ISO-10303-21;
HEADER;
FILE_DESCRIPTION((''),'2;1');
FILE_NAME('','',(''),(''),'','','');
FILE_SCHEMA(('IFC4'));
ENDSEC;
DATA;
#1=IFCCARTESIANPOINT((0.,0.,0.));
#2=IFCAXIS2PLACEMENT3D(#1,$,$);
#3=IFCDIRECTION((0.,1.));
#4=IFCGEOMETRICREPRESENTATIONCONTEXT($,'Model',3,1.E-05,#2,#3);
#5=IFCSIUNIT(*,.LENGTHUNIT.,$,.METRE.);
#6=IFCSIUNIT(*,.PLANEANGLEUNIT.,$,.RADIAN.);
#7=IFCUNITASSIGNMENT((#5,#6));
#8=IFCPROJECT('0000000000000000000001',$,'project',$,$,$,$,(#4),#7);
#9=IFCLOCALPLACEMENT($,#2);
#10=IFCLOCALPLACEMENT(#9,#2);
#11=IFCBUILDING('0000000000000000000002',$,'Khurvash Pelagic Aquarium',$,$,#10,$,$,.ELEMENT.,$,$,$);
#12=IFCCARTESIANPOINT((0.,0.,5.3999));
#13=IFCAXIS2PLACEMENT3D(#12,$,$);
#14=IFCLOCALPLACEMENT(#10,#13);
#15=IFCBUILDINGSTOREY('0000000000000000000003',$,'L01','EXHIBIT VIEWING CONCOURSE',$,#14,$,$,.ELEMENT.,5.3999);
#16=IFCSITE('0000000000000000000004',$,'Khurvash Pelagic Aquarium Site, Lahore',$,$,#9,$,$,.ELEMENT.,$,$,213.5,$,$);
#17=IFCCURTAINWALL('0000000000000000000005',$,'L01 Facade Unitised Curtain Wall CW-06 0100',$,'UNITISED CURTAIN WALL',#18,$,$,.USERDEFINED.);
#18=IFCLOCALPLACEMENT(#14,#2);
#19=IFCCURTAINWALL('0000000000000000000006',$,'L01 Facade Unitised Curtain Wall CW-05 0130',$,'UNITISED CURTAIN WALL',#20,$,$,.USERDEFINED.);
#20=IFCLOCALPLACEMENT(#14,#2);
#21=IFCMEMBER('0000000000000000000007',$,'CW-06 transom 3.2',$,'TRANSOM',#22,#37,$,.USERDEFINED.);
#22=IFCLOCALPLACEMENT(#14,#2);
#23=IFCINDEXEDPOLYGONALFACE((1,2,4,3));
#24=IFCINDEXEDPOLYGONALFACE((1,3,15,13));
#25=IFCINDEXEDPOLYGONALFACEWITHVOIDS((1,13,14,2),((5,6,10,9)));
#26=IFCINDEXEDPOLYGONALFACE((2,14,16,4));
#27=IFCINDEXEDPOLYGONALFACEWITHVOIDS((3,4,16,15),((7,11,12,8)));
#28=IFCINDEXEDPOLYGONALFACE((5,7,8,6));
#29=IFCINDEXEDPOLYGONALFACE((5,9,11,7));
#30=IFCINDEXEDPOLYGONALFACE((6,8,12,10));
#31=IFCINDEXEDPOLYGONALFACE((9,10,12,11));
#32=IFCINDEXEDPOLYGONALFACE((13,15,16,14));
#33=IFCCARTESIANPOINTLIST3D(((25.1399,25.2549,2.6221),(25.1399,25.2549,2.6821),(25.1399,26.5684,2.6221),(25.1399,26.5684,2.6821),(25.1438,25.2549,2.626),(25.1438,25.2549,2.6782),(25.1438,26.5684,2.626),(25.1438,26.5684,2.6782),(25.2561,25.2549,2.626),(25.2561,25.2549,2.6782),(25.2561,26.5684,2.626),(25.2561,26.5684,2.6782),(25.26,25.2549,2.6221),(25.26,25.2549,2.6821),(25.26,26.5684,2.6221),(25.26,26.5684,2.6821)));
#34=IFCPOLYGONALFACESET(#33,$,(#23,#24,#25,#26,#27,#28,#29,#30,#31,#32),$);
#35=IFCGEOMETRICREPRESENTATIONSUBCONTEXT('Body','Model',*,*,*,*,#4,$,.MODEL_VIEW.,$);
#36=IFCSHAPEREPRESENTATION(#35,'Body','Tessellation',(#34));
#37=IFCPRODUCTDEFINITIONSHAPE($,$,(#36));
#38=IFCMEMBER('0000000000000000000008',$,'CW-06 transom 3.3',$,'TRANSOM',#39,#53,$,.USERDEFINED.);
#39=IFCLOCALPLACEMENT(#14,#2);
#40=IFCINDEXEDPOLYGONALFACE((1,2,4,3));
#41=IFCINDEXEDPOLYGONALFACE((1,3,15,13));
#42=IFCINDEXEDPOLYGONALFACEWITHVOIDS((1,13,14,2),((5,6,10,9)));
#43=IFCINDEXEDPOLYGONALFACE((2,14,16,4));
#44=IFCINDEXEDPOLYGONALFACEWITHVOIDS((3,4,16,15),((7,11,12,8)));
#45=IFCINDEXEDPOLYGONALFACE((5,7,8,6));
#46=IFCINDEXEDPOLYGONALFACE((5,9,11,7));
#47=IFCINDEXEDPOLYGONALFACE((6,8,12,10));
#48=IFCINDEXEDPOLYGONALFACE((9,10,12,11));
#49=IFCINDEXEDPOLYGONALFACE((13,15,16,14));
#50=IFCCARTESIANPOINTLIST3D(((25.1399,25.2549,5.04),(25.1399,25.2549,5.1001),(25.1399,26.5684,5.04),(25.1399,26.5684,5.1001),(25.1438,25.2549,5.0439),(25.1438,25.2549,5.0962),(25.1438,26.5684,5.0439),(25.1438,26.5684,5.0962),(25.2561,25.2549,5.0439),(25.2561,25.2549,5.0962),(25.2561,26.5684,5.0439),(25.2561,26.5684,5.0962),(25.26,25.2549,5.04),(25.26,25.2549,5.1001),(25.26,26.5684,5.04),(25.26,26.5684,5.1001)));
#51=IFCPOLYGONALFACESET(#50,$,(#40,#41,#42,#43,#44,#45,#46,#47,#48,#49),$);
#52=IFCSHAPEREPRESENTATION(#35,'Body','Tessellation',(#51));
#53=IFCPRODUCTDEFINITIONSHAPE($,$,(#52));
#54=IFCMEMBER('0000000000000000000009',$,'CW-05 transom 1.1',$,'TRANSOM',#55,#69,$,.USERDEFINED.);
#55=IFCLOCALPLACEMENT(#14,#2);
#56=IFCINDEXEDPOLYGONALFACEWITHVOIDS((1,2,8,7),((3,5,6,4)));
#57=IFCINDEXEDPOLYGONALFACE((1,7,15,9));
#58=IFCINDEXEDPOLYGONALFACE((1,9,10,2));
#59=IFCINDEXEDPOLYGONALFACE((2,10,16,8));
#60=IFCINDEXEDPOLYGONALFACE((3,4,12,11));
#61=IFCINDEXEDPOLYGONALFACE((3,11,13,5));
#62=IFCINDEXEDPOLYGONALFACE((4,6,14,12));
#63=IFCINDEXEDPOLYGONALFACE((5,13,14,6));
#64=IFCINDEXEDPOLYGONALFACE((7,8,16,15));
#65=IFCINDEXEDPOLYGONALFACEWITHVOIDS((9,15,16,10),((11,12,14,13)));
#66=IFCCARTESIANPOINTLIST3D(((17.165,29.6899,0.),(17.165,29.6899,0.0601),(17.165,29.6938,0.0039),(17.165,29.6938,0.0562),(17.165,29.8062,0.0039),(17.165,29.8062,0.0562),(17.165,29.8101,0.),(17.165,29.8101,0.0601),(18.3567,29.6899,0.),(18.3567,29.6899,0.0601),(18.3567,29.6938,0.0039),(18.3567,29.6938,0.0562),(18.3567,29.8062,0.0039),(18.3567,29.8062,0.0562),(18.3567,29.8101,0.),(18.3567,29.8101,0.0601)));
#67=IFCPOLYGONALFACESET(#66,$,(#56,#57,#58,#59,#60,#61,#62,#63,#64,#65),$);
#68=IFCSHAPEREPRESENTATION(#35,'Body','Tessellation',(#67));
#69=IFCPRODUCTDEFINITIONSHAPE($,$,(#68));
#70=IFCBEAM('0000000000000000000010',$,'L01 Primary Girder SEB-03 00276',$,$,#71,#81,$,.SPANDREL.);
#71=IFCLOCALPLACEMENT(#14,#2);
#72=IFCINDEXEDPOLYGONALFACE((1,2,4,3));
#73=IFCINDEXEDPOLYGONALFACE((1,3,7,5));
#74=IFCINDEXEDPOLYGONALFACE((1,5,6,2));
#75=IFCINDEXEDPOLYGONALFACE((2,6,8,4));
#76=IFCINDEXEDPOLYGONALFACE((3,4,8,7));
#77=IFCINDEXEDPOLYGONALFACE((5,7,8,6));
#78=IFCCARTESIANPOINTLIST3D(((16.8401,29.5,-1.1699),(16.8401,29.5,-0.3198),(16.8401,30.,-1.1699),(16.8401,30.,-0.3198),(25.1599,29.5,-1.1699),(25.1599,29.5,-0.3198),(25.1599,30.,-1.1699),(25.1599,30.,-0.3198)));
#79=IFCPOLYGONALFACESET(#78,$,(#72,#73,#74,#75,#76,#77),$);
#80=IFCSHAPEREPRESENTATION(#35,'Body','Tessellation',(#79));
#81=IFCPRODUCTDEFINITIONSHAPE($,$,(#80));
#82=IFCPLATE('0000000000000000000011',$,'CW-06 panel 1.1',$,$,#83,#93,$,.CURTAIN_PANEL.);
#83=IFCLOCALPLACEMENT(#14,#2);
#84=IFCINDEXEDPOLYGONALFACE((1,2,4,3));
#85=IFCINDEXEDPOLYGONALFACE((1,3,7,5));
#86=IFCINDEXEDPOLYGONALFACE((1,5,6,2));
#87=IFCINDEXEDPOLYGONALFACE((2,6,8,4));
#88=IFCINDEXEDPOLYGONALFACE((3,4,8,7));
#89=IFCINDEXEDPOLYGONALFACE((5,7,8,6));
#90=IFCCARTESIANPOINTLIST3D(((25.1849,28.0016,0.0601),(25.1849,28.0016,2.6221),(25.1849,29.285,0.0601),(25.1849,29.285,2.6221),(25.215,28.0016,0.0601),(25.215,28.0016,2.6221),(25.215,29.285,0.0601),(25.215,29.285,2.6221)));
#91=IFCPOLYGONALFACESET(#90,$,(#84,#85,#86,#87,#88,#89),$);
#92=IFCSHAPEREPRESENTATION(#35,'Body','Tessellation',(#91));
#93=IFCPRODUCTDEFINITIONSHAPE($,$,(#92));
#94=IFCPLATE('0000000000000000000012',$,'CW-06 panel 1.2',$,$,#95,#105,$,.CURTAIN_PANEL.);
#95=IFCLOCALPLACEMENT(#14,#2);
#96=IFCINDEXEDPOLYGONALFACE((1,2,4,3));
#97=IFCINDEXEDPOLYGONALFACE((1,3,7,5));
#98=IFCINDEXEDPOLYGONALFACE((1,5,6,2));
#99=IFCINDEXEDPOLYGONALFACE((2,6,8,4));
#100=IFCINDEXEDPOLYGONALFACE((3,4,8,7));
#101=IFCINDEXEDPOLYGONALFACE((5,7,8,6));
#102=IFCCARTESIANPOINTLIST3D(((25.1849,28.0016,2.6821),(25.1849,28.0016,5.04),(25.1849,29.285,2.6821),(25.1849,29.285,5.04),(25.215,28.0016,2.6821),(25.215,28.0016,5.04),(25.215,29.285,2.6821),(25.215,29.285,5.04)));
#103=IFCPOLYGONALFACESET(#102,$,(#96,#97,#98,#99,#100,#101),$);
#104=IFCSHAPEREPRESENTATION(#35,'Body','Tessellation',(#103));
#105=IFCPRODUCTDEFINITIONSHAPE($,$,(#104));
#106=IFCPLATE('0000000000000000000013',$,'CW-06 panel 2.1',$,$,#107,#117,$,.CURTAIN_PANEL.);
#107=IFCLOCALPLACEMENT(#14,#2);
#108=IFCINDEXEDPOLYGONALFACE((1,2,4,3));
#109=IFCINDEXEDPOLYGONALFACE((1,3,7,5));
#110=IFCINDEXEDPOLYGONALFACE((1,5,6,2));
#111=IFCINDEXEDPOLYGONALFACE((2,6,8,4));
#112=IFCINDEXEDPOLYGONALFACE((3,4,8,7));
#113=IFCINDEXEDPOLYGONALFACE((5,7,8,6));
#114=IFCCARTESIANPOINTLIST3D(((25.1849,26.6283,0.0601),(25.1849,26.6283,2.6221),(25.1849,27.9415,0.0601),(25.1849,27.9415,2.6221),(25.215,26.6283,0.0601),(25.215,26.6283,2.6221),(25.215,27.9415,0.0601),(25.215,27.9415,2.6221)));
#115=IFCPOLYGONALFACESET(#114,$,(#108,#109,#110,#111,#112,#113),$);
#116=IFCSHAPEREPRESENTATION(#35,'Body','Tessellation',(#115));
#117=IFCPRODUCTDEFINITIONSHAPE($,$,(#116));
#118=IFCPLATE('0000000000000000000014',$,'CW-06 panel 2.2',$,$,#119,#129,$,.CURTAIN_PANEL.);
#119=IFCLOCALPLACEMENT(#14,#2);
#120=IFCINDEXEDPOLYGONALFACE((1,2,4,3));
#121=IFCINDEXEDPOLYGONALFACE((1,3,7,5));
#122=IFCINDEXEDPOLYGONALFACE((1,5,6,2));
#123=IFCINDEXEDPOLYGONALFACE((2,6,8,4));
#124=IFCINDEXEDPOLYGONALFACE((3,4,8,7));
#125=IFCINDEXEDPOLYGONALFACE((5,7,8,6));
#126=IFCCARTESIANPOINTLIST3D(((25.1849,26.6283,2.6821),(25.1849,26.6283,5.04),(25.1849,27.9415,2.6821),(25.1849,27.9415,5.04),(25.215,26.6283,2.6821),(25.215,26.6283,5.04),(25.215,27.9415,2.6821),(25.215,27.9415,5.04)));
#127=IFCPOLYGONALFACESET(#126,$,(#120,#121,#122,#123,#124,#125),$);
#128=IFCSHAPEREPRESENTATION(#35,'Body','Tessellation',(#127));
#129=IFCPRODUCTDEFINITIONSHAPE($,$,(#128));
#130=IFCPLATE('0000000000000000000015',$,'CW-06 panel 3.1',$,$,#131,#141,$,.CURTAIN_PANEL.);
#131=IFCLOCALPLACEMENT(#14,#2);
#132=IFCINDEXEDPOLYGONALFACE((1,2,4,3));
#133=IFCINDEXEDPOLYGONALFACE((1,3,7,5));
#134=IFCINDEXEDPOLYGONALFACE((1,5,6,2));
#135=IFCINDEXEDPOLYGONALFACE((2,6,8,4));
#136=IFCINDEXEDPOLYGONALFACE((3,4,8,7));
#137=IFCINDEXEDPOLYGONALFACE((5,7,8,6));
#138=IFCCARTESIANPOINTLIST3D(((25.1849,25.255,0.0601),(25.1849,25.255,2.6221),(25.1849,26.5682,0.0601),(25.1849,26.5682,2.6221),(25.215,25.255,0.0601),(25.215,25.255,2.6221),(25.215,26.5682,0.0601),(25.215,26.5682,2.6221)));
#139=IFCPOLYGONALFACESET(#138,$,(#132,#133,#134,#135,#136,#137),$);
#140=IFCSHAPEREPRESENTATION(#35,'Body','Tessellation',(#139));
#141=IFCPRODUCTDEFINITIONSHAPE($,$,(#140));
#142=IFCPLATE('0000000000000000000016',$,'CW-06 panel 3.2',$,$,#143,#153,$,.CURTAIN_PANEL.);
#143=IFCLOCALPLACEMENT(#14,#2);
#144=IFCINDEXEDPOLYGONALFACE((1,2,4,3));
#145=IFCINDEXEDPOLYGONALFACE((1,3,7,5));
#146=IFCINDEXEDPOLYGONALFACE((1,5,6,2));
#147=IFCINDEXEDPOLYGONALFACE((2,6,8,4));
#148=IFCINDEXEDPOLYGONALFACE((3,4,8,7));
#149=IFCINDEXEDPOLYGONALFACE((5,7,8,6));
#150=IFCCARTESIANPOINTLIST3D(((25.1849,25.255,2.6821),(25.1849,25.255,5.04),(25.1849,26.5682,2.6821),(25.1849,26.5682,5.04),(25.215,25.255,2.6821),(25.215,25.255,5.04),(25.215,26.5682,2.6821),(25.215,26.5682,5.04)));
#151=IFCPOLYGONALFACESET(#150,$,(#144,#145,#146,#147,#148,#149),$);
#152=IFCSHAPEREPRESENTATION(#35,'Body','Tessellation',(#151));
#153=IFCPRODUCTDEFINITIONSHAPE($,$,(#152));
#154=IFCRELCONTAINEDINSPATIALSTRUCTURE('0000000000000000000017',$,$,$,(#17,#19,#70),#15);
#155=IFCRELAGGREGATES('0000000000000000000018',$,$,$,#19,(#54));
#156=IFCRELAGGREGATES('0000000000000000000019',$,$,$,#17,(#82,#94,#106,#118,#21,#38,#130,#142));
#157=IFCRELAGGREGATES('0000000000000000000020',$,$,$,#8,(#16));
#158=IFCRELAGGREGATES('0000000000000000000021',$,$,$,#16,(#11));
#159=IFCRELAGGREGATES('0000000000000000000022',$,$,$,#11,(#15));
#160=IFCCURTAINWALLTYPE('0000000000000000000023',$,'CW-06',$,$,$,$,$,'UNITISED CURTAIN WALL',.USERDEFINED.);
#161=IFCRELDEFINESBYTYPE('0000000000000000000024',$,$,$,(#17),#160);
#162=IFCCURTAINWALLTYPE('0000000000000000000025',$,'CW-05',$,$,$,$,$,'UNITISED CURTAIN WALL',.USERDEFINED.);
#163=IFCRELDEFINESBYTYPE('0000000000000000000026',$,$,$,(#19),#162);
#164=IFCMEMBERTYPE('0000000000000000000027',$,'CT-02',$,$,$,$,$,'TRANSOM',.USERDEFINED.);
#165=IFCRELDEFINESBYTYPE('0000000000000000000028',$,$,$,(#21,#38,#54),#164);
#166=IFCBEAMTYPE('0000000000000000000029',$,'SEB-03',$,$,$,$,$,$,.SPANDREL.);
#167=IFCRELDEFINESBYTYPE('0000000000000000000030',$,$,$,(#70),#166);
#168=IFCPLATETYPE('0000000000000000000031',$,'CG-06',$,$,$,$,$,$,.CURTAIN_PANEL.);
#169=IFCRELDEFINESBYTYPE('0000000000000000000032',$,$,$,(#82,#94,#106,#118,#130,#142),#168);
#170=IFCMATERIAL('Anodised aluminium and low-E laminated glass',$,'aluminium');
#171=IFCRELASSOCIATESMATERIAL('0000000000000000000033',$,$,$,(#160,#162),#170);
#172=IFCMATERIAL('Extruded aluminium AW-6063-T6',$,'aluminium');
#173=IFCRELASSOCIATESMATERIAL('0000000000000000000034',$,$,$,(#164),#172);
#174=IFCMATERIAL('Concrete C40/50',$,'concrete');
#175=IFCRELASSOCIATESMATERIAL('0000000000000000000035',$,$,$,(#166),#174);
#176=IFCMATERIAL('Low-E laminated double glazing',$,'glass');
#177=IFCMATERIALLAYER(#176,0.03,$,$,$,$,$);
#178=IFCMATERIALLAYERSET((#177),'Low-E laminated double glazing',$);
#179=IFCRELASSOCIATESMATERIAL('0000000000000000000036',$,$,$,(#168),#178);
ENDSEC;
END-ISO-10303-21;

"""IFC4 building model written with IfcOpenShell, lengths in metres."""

from ifc_helpers import new_model, si_unit, direction, frame, origin, origin_2d, place, context, subcontext, project, spatial, rectangle, hollow_rectangle, extrude, material, layer, layer_set, material_profile, profile_set, type_object, element, aggregate, save


model = new_model("IFC4")

# Units and contexts
model_context = context("Model", 3, precision=1e-05, world=origin(), true_north=direction((0.0, 1.0)))
body_context = subcontext(model_context, "Body", "Model", "MODEL_VIEW")
ifc_project = project(units=[si_unit("LENGTHUNIT", "METRE"), si_unit("PLANEANGLEUNIT", "RADIAN")], contexts=[model_context])

# Site, building, storey
site_placement = place(None, origin())
site = spatial("IfcSite", under=ifc_project, at=site_placement, Name="Khurvash Pelagic Aquarium Site, Lahore", CompositionType="ELEMENT", RefElevation=213.5)
building_placement = place(site_placement, origin())
building = spatial("IfcBuilding", under=site, at=building_placement, Name="Khurvash Pelagic Aquarium", CompositionType="ELEMENT")
storey_placement = place(building_placement, frame((0.0, 0.0, 5.3999)))
storey = spatial("IfcBuildingStorey", under=building, at=storey_placement, Name="L01", Description="EXHIBIT VIEWING CONCOURSE", CompositionType="ELEMENT", Elevation=5.3999)

# Shared definitions
ifc_material_1 = material(Name="Concrete C40/50", Category="concrete")

# Curtain wall
ifc_material_2 = material(Name="Anodised aluminium and low-E laminated glass", Category="aluminium")
curtain_wall_type_1 = type_object("IfcCurtainWallType", Name="CW-06", ElementType="UNITISED CURTAIN WALL", PredefinedType="USERDEFINED", material=ifc_material_2)
curtain_wall_1_placement = place(storey_placement, origin())
curtain_wall_1 = element("IfcCurtainWall", 1, at=curtain_wall_1_placement, inside=storey, type_object=curtain_wall_type_1, Name="L01 Facade Unitised Curtain Wall CW-06 0100", ObjectType="UNITISED CURTAIN WALL", PredefinedType="USERDEFINED")
ifc_material_3 = material(Name="Extruded aluminium AW-6063-T6", Category="aluminium")

# Curtain wall
curtain_wall_type_2 = type_object("IfcCurtainWallType", Name="CW-05", ElementType="UNITISED CURTAIN WALL", PredefinedType="USERDEFINED", material=ifc_material_2)
curtain_wall_2_placement = place(storey_placement, origin())
curtain_wall_2 = element("IfcCurtainWall", 2, at=curtain_wall_2_placement, inside=storey, type_object=curtain_wall_type_2, Name="L01 Facade Unitised Curtain Wall CW-05 0130", ObjectType="UNITISED CURTAIN WALL", PredefinedType="USERDEFINED")

# Members
ifc_material_profile_1 = material_profile(ifc_material_3, hollow_rectangle(XDim=0.1201, YDim=0.0601, WallThickness=0.0039, at=origin_2d()), Name="CWT120X60X4")
ifc_profile_set_1 = profile_set([ifc_material_profile_1], Name="Extruded aluminium AW-6063-T6")
member_type_1 = type_object("IfcMemberType", Name="CT-02", ElementType="TRANSOM", PredefinedType="USERDEFINED", material=ifc_profile_set_1)
member_1_placement = place(storey_placement, frame((25.2, 26.5684, 2.6521), z_axis=(0.0, -1.0, 0.0), x_axis=(1.0, 0.0, 0.0)))
member_1 = element("IfcMember", 3, at=member_1_placement, type_object=member_type_1, Name="CW-06 transom 3.2", ObjectType="TRANSOM", PredefinedType="USERDEFINED", context=body_context, shape_type="SweptSolid", body=[
    extrude(hollow_rectangle(XDim=0.1201, YDim=0.0601, WallThickness=0.0039, at=origin_2d()), origin(), (0.0, 0.0, 1.0), 1.3135),
])
member_2_placement = place(storey_placement, frame((25.2, 26.5684, 5.0701), z_axis=(0.0, -1.0, 0.0), x_axis=(1.0, 0.0, 0.0)))
member_2 = element("IfcMember", 4, at=member_2_placement, type_object=member_type_1, Name="CW-06 transom 3.3", ObjectType="TRANSOM", PredefinedType="USERDEFINED", context=body_context, shape_type="SweptSolid", body=[
    extrude(hollow_rectangle(XDim=0.1201, YDim=0.0601, WallThickness=0.0039, at=origin_2d()), origin(), (0.0, 0.0, 1.0), 1.3135),
])
member_3_placement = place(storey_placement, frame((17.165, 29.75, 0.03), z_axis=(1.0, 0.0, 0.0), x_axis=(0.0, 1.0, 0.0)))
member_3 = element("IfcMember", 5, at=member_3_placement, type_object=member_type_1, Name="CW-05 transom 1.1", ObjectType="TRANSOM", PredefinedType="USERDEFINED", context=body_context, shape_type="SweptSolid", body=[
    extrude(hollow_rectangle(XDim=0.1201, YDim=0.0601, WallThickness=0.0039, at=origin_2d()), origin(), (0.0, 0.0, 1.0), 1.1917),
])
aggregate(curtain_wall_2, [member_3])

# Beam
ifc_material_profile_2 = material_profile(ifc_material_1, rectangle(XDim=0.5, YDim=0.8501, at=origin_2d()), Name="RC500X850")
ifc_profile_set_2 = profile_set([ifc_material_profile_2], Name="Concrete C40/50")
beam_type = type_object("IfcBeamType", Name="SEB-03", PredefinedType="SPANDREL", material=ifc_profile_set_2)
beam_placement = place(storey_placement, frame((16.8401, 29.75, -0.7449), z_axis=(1.0, 0.0, 0.0), x_axis=(0.0, 1.0, 0.0)))
element("IfcBeam", 6, at=beam_placement, inside=storey, type_object=beam_type, Name="L01 Primary Girder SEB-03 00276", PredefinedType="SPANDREL", context=body_context, shape_type="SweptSolid", body=[
    extrude(rectangle(XDim=0.5, YDim=0.8501, at=origin_2d()), origin(), (0.0, 0.0, 1.0), 8.3198),
])

# Plates
ifc_material_4 = material(Name="Low-E laminated double glazing", Category="glass")
ifc_layer = layer(ifc_material_4, 0.03)
ifc_layer_set = layer_set([ifc_layer], Name="Low-E laminated double glazing")
plate_type = type_object("IfcPlateType", Name="CG-06", PredefinedType="CURTAIN_PANEL", material=ifc_layer_set)
plate_1_placement = place(storey_placement, frame((25.2, 28.6433, 0.0601), z_axis=(0.0, 0.0, 1.0), x_axis=(0.0, -1.0, 0.0)))
plate_1 = element("IfcPlate", 7, at=plate_1_placement, type_object=plate_type, Name="CW-06 panel 1.1", PredefinedType="CURTAIN_PANEL", context=body_context, shape_type="SweptSolid", body=[
    extrude(rectangle(XDim=1.2834, YDim=0.03, at=origin_2d()), origin(), (0.0, 0.0, 1.0), 2.562),
])
plate_2_placement = place(storey_placement, frame((25.2, 28.6433, 2.6821), z_axis=(0.0, 0.0, 1.0), x_axis=(0.0, -1.0, 0.0)))
plate_2 = element("IfcPlate", 8, at=plate_2_placement, type_object=plate_type, Name="CW-06 panel 1.2", PredefinedType="CURTAIN_PANEL", context=body_context, shape_type="SweptSolid", body=[
    extrude(rectangle(XDim=1.2834, YDim=0.03, at=origin_2d()), origin(), (0.0, 0.0, 1.0), 2.3579),
])
plate_3_placement = place(storey_placement, frame((25.2, 27.2849, 0.0601), z_axis=(0.0, 0.0, 1.0), x_axis=(0.0, -1.0, 0.0)))
plate_3 = element("IfcPlate", 9, at=plate_3_placement, type_object=plate_type, Name="CW-06 panel 2.1", PredefinedType="CURTAIN_PANEL", context=body_context, shape_type="SweptSolid", body=[
    extrude(rectangle(XDim=1.3132, YDim=0.03, at=origin_2d()), origin(), (0.0, 0.0, 1.0), 2.562),
])
plate_4_placement = place(storey_placement, frame((25.2, 27.2849, 2.6821), z_axis=(0.0, 0.0, 1.0), x_axis=(0.0, -1.0, 0.0)))
plate_4 = element("IfcPlate", 10, at=plate_4_placement, type_object=plate_type, Name="CW-06 panel 2.2", PredefinedType="CURTAIN_PANEL", context=body_context, shape_type="SweptSolid", body=[
    extrude(rectangle(XDim=1.3132, YDim=0.03, at=origin_2d()), origin(), (0.0, 0.0, 1.0), 2.3579),
])
plate_5_placement = place(storey_placement, frame((25.2, 25.9116, 0.0601), z_axis=(0.0, 0.0, 1.0), x_axis=(0.0, -1.0, 0.0)))
plate_5 = element("IfcPlate", 11, at=plate_5_placement, type_object=plate_type, Name="CW-06 panel 3.1", PredefinedType="CURTAIN_PANEL", context=body_context, shape_type="SweptSolid", body=[
    extrude(rectangle(XDim=1.3132, YDim=0.03, at=origin_2d()), origin(), (0.0, 0.0, 1.0), 2.562),
])
plate_6_placement = place(storey_placement, frame((25.2, 25.9116, 2.6821), z_axis=(0.0, 0.0, 1.0), x_axis=(0.0, -1.0, 0.0)))
plate_6 = element("IfcPlate", 12, at=plate_6_placement, type_object=plate_type, Name="CW-06 panel 3.2", PredefinedType="CURTAIN_PANEL", context=body_context, shape_type="SweptSolid", body=[
    extrude(rectangle(XDim=1.3132, YDim=0.03, at=origin_2d()), origin(), (0.0, 0.0, 1.0), 2.3579),
])
aggregate(curtain_wall_1, [plate_1, plate_2, plate_3, plate_4, member_1, member_2, plate_5, plate_6])

save(model, "model.ifc")
